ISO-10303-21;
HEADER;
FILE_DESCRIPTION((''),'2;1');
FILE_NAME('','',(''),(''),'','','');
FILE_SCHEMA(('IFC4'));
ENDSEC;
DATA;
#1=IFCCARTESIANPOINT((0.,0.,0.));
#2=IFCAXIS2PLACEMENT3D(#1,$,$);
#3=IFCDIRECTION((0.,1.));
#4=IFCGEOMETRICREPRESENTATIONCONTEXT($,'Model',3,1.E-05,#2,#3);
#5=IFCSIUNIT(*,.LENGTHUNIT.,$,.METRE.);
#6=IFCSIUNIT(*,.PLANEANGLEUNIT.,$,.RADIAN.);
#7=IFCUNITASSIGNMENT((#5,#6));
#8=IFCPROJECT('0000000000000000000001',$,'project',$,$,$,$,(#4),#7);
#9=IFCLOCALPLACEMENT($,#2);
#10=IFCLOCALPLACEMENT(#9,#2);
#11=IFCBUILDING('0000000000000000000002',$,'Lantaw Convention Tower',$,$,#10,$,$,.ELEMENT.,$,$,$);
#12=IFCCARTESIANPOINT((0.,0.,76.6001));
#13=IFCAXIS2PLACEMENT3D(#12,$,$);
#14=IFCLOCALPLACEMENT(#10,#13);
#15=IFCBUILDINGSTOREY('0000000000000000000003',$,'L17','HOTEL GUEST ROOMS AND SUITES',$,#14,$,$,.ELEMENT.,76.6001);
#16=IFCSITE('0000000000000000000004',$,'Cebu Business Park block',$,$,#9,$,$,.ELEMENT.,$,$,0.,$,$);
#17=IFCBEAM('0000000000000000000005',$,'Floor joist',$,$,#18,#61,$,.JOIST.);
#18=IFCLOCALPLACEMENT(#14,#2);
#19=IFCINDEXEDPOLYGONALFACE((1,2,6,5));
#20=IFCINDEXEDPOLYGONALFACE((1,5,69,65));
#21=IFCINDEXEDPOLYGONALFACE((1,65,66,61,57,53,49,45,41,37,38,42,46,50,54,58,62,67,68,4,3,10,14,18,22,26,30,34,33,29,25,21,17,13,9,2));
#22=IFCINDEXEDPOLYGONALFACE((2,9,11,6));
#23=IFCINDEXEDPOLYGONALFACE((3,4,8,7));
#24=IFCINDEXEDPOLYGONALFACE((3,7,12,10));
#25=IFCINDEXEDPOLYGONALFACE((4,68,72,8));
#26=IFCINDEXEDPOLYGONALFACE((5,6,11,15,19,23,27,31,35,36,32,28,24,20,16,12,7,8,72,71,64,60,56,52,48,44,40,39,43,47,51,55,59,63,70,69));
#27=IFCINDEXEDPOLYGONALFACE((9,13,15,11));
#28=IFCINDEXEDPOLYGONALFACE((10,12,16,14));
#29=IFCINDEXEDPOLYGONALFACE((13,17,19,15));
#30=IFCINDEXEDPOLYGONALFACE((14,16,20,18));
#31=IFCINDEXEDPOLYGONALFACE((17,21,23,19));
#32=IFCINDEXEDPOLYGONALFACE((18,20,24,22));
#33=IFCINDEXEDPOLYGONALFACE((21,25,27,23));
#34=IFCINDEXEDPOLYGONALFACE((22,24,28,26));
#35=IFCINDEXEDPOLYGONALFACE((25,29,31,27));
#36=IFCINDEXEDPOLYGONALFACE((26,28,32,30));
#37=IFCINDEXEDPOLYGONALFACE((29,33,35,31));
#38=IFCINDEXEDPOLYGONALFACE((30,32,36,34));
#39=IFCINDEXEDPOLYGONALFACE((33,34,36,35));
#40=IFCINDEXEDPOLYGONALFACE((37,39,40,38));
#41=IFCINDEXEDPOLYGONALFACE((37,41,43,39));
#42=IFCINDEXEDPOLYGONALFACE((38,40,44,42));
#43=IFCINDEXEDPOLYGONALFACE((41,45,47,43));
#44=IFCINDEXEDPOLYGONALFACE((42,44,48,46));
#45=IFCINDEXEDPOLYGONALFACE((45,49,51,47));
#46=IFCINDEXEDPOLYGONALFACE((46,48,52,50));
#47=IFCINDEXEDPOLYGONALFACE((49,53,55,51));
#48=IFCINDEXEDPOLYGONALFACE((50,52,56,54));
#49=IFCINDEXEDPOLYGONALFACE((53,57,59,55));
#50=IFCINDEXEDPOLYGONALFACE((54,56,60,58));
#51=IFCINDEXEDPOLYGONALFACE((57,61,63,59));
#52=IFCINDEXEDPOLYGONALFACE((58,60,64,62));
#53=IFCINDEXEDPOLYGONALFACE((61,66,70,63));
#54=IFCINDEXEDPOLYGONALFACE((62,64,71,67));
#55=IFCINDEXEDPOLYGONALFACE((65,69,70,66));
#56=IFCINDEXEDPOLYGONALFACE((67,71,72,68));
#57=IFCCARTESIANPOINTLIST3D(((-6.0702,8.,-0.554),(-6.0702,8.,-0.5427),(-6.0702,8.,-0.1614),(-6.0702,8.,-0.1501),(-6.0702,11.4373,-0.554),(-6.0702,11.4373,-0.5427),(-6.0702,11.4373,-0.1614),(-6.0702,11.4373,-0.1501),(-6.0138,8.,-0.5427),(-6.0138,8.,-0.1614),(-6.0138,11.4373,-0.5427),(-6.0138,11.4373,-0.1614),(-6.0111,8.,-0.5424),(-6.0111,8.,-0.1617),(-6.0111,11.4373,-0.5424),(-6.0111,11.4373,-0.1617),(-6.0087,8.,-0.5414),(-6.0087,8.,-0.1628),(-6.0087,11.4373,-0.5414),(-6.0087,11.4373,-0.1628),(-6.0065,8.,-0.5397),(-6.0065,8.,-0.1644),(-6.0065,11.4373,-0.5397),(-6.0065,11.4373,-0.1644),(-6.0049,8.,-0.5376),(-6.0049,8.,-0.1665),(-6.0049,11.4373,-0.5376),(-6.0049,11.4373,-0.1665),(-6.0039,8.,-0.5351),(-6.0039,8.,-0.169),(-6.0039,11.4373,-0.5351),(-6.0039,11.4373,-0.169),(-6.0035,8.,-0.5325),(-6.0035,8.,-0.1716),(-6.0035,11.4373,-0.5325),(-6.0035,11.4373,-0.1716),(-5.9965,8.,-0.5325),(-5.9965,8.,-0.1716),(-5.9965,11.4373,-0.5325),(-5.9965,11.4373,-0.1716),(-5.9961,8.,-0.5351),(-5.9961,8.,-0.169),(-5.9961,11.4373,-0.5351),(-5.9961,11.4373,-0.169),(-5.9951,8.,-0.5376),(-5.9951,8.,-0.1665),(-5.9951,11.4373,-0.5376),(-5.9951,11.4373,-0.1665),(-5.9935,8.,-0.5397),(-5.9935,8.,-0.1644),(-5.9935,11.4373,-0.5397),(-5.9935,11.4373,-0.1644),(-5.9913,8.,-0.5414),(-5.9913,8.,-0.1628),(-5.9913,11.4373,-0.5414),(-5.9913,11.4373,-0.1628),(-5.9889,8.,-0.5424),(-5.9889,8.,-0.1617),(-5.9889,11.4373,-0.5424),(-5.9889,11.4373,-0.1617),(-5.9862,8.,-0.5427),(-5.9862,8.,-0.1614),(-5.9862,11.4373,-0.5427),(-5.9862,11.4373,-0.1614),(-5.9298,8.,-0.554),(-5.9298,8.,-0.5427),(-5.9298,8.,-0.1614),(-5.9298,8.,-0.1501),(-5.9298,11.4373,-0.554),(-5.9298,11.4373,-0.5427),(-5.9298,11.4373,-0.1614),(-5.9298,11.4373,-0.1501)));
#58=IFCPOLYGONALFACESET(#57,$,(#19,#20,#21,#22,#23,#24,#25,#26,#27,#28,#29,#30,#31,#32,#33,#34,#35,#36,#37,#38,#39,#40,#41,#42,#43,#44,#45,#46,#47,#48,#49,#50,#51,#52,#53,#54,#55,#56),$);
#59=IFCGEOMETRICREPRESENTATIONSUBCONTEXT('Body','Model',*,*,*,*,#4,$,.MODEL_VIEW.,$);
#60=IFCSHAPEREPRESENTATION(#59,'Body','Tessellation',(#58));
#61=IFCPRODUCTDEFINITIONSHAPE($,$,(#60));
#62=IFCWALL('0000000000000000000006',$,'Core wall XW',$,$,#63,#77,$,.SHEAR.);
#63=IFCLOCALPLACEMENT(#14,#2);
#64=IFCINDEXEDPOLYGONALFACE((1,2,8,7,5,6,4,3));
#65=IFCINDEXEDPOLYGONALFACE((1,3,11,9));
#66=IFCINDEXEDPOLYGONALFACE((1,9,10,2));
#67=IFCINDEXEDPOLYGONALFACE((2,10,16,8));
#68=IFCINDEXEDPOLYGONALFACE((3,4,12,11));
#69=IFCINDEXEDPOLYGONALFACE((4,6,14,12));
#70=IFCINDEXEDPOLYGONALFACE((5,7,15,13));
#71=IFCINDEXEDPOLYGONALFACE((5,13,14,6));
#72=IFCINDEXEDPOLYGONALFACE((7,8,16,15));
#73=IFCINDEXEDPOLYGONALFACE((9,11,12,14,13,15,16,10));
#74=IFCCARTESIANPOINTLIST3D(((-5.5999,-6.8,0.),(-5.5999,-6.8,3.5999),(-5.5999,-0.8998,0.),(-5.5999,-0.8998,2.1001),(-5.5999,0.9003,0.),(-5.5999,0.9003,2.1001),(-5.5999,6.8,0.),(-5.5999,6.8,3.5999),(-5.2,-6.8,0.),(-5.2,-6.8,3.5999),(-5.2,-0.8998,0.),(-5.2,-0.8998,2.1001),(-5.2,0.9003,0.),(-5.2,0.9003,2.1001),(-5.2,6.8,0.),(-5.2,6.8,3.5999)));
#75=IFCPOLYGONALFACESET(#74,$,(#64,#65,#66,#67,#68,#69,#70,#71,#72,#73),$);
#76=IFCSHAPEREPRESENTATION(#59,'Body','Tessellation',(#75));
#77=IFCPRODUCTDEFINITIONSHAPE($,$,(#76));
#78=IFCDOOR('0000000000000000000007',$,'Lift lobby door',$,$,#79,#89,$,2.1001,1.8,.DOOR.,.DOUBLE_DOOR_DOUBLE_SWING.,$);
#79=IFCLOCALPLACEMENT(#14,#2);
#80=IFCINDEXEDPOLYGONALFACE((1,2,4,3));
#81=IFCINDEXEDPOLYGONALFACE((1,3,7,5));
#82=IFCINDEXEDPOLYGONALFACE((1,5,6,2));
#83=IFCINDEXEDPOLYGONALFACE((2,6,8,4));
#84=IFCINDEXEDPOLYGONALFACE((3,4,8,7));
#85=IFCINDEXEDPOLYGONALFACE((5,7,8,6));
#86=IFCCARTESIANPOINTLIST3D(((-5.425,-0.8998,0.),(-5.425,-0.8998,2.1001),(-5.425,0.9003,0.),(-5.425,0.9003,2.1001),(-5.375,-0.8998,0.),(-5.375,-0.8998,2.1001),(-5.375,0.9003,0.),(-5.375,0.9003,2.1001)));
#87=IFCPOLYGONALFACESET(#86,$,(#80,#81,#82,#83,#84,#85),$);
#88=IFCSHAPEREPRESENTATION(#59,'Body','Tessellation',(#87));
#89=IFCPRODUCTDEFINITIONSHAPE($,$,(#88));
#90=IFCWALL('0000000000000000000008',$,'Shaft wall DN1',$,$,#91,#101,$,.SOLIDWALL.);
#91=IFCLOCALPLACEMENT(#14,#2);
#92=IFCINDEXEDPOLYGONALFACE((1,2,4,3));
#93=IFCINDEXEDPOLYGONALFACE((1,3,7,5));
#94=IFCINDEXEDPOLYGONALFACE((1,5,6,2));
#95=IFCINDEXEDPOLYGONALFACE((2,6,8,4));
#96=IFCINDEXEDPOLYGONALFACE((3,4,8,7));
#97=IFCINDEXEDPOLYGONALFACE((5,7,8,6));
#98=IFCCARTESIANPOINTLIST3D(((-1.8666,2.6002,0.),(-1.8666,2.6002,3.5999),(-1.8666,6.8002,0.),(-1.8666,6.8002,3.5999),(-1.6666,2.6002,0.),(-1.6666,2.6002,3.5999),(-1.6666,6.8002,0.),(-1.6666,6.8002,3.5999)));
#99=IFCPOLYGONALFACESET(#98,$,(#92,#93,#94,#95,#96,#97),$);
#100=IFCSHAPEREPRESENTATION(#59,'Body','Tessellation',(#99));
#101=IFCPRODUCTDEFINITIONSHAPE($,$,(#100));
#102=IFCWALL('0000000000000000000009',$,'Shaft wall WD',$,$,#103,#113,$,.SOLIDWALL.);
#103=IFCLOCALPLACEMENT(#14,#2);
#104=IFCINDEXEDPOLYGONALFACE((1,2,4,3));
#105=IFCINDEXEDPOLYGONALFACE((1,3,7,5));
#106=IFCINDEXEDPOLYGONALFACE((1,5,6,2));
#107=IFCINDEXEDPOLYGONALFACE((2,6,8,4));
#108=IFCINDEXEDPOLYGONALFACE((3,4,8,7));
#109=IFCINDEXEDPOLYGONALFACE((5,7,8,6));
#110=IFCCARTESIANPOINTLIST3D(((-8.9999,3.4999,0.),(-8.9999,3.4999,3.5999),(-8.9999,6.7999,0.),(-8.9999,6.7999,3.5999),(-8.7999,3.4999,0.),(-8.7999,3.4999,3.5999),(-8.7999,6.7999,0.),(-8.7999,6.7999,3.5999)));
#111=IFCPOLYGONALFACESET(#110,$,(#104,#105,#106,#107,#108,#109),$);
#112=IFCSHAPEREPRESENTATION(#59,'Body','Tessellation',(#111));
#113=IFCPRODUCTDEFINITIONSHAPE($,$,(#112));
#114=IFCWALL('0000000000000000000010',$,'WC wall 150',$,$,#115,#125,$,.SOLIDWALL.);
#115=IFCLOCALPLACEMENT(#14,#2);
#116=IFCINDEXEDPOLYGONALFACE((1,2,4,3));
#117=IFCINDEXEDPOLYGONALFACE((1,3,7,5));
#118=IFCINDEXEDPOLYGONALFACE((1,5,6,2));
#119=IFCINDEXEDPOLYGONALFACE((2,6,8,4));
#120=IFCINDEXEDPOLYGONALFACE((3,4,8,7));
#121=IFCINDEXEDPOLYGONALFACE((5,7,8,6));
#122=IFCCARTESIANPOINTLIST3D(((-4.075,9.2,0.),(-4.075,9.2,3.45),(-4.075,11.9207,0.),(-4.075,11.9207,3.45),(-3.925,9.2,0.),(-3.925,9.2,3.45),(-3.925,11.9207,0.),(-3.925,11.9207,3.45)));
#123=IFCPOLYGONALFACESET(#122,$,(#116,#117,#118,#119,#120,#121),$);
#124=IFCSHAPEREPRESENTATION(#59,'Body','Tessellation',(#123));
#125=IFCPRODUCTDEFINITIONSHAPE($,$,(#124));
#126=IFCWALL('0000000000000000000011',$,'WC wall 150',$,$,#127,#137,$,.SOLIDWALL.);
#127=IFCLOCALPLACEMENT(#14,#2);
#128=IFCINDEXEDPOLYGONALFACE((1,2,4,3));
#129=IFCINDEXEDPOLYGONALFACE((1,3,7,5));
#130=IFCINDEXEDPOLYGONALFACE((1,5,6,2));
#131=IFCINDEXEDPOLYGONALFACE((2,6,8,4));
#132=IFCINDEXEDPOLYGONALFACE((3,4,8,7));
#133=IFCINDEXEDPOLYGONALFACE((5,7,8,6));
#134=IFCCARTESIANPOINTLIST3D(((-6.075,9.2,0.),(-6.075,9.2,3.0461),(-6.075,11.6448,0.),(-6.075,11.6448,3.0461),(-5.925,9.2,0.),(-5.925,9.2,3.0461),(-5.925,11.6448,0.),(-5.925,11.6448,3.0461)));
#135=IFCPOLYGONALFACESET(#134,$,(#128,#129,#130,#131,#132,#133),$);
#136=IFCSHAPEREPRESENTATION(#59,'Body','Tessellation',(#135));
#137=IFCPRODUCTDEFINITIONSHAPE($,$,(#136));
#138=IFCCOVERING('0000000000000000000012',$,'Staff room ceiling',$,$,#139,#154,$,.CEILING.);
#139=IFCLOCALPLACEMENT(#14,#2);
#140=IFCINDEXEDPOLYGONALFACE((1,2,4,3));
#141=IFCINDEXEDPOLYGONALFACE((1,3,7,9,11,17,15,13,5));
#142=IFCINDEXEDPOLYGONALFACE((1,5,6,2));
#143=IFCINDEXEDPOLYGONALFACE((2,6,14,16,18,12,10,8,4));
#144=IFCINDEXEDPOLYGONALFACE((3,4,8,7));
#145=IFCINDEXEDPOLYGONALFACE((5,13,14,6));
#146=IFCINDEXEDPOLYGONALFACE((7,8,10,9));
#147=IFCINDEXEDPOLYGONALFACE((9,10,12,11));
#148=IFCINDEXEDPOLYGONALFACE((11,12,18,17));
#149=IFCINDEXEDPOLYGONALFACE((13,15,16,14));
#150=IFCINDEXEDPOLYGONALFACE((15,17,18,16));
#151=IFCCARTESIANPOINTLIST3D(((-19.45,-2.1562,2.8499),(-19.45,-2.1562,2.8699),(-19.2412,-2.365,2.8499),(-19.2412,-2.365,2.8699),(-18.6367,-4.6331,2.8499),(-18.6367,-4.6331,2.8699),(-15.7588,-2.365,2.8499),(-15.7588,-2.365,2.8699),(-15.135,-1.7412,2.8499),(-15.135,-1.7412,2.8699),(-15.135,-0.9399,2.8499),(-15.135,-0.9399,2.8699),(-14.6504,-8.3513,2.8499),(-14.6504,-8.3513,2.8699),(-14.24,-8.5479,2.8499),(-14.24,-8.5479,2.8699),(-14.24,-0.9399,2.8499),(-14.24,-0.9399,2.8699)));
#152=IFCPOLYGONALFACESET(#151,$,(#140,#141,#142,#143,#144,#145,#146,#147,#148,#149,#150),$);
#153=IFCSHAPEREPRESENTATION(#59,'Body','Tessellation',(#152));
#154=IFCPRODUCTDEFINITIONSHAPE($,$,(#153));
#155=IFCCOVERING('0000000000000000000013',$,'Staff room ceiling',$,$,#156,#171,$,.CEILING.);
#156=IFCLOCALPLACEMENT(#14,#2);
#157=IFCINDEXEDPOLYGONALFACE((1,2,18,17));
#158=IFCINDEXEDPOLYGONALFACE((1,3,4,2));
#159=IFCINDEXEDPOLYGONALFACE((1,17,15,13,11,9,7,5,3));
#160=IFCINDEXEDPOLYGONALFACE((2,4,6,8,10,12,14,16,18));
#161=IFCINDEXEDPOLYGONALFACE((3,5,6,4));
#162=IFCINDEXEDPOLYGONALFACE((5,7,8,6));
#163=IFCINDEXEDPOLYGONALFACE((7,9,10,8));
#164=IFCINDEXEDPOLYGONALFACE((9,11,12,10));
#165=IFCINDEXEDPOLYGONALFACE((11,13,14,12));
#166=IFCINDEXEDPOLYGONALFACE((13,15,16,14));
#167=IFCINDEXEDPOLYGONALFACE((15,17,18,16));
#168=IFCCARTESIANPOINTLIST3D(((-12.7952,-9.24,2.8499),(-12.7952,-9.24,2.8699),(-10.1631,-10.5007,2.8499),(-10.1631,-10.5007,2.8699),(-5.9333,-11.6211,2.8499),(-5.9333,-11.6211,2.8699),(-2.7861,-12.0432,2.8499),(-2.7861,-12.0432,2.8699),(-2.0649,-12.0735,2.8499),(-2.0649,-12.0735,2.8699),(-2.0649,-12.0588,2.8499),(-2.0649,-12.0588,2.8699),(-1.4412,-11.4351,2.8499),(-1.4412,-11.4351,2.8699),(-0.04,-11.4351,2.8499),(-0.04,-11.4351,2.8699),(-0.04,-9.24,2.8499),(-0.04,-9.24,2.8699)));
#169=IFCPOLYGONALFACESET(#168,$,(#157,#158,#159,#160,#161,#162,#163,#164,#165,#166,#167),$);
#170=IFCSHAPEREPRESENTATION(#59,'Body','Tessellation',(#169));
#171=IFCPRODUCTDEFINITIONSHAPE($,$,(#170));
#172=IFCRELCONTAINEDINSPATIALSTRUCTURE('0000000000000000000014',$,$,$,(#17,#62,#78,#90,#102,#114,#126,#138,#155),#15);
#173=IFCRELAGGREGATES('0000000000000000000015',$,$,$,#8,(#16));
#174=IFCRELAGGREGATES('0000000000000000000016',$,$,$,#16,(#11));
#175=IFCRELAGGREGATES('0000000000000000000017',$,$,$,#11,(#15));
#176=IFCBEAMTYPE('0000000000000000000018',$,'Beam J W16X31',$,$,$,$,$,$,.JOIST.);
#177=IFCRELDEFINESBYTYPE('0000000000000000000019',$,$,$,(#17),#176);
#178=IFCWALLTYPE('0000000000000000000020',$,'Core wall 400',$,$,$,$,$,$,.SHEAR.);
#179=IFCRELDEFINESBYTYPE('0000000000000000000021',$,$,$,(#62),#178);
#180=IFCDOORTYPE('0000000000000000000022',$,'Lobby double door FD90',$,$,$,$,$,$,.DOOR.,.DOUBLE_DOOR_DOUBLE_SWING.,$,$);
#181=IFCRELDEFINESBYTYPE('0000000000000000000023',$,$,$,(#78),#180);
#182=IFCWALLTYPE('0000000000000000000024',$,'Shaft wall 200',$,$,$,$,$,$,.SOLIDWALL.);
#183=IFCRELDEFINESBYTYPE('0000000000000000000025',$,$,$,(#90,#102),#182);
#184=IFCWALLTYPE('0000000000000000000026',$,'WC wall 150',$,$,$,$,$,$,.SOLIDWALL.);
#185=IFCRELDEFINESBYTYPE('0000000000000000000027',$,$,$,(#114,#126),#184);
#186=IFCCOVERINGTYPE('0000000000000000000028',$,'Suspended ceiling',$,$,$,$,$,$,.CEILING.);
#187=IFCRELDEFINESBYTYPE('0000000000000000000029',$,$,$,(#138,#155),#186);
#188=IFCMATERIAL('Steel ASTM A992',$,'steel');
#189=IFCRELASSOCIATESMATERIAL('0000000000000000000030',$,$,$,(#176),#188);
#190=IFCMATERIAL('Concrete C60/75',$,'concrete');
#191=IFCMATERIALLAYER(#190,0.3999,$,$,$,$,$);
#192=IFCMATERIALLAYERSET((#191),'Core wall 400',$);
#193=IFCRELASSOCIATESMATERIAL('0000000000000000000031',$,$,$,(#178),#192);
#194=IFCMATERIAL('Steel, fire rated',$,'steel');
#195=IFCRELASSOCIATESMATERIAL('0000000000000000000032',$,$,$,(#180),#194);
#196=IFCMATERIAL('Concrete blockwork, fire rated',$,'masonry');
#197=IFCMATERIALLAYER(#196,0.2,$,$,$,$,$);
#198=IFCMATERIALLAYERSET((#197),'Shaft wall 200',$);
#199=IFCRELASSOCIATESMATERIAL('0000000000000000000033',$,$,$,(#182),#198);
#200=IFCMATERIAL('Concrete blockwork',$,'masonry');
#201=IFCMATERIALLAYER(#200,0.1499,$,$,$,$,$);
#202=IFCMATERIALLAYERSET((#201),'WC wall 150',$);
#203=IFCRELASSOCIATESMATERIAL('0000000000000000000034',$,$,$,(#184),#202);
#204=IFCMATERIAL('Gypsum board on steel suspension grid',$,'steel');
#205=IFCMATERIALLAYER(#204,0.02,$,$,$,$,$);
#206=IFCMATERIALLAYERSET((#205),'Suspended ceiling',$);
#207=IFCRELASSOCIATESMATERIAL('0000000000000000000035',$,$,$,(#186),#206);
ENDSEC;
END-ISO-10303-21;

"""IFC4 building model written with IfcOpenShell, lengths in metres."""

from ifc_helpers import new_model, si_unit, direction, frame, frame_2d, origin, origin_2d, place, context, subcontext, project, spatial, polyline, rectangle, i_section, outline, extrude, material, layer, layer_set, material_profile, profile_set, type_object, element, fill, save


model = new_model("IFC4")

# Units and contexts
model_context = context("Model", 3, precision=1e-05, world=origin(), true_north=direction((0.0, 1.0)))
body_context = subcontext(model_context, "Body", "Model", "MODEL_VIEW")
ifc_project = project(units=[si_unit("LENGTHUNIT", "METRE"), si_unit("PLANEANGLEUNIT", "RADIAN")], contexts=[model_context])

# Site, building, storey
site_placement = place(None, origin())
site = spatial("IfcSite", under=ifc_project, at=site_placement, Name="Cebu Business Park block", CompositionType="ELEMENT", RefElevation=0.0)
building_placement = place(site_placement, origin())
building = spatial("IfcBuilding", under=site, at=building_placement, Name="Lantaw Convention Tower", CompositionType="ELEMENT")
storey_placement = place(building_placement, frame((0.0, 0.0, 76.6001)))
storey = spatial("IfcBuildingStorey", under=building, at=storey_placement, Name="L17", Description="HOTEL GUEST ROOMS AND SUITES", CompositionType="ELEMENT", Elevation=76.6001)

# Beam
ifc_material_1 = material(Name="Steel ASTM A992", Category="steel")
ifc_material_profile_1 = material_profile(ifc_material_1, i_section(OverallWidth=0.1404, OverallDepth=0.4038, WebThickness=0.0071, FlangeThickness=0.0112, FilletRadius=0.0103, at=origin_2d()), Name="W16X31")
ifc_profile_set_1 = profile_set([ifc_material_profile_1], Name="Steel ASTM A992")
beam_type_1 = type_object("IfcBeamType", Name="Beam J W16X31", PredefinedType="JOIST", material=ifc_profile_set_1)
beam_1_placement = place(storey_placement, frame((-6.0, 8.0, -0.3521), z_axis=(0.0, 1.0, 0.0), x_axis=(-1.0, 0.0, 0.0)))
element("IfcBeam", 1, at=beam_1_placement, inside=storey, type_object=beam_type_1, Name="Floor joist", PredefinedType="JOIST", context=body_context, shape_type="SweptSolid", body=[
    extrude(i_section(OverallWidth=0.1404, OverallDepth=0.4038, WebThickness=0.0071, FlangeThickness=0.0112, FilletRadius=0.0103, at=origin_2d()), origin(), (0.0, 0.0, 1.0), 3.4373),
])

# Wall, opening, door
ifc_material_2 = material(Name="Concrete C60/75", Category="concrete")
ifc_layer_1 = layer(ifc_material_2, 0.3999)
ifc_layer_set_1 = layer_set([ifc_layer_1], Name="Core wall 400")
wall_type_1 = type_object("IfcWallType", Name="Core wall 400", PredefinedType="SHEAR", material=ifc_layer_set_1)
wall_1_placement = place(storey_placement, frame((-5.3999, 6.8, 0.0), z_axis=(0.0, 0.0, 1.0), x_axis=(0.0, -1.0, 0.0)))
wall_1 = element("IfcWall", 2, at=wall_1_placement, inside=storey, type_object=wall_type_1, Name="Core wall XW", PredefinedType="SHEAR", context=body_context, shape_type="SweptSolid", body=[
    extrude(rectangle(XDim=13.6001, YDim=0.3999, at=frame_2d((6.8, 0.0))), origin(), (0.0, 0.0, 1.0), 3.5999),
])
opening_placement = place(wall_1_placement, frame((5.8999, 0.0, 0.0)))
opening = element("IfcOpeningElement", 3, at=opening_placement, cuts=wall_1, PredefinedType="OPENING", context=body_context, shape_type="SweptSolid", body=[
    extrude(rectangle(XDim=1.8, YDim=2.1001, at=frame_2d((0.8999, 1.05))), frame((0.0, 0.21, 0.0), z_axis=(0.0, -1.0, 0.0), x_axis=(1.0, 0.0, 0.0)), (0.0, 0.0, 1.0), 0.4199),
])
ifc_material_3 = material(Name="Steel, fire rated", Category="steel")
door_type = type_object("IfcDoorType", Name="Lobby double door FD90", OperationType="DOUBLE_DOOR_DOUBLE_SWING", PredefinedType="DOOR", material=ifc_material_3)
door_placement = place(opening_placement, origin())
door = element("IfcDoor", 4, at=door_placement, inside=storey, type_object=door_type, Name="Lift lobby door", OperationType="DOUBLE_DOOR_DOUBLE_SWING", OverallHeight=2.1001, OverallWidth=1.8, PredefinedType="DOOR", context=body_context, shape_type="SweptSolid", body=[
    extrude(rectangle(XDim=1.8, YDim=2.1001, at=frame_2d((0.8999, 1.05))), frame((0.0, 0.0249, 0.0), z_axis=(0.0, -1.0, 0.0), x_axis=(1.0, 0.0, 0.0)), (0.0, 0.0, 1.0), 0.05),
])
fill(opening, door)

# Walls
ifc_material_4 = material(Name="Concrete blockwork, fire rated", Category="masonry")
ifc_layer_2 = layer(ifc_material_4, 0.2)
ifc_layer_set_2 = layer_set([ifc_layer_2], Name="Shaft wall 200")
wall_type_2 = type_object("IfcWallType", Name="Shaft wall 200", PredefinedType="SOLIDWALL", material=ifc_layer_set_2)
wall_2_placement = place(storey_placement, frame((-1.7666, 2.6001, 0.0), z_axis=(0.0, 0.0, 1.0), x_axis=(0.0, 1.0, 0.0)))
element("IfcWall", 5, at=wall_2_placement, inside=storey, type_object=wall_type_2, Name="Shaft wall DN1", PredefinedType="SOLIDWALL", context=body_context, shape_type="SweptSolid", body=[
    extrude(rectangle(XDim=4.2, YDim=0.2, at=frame_2d((2.1001, 0.0))), origin(), (0.0, 0.0, 1.0), 3.5999),
])
wall_3_placement = place(storey_placement, frame((-8.8999, 3.5, 0.0), z_axis=(0.0, 0.0, 1.0), x_axis=(0.0, 1.0, 0.0)))
element("IfcWall", 6, at=wall_3_placement, inside=storey, type_object=wall_type_2, Name="Shaft wall WD", PredefinedType="SOLIDWALL", context=body_context, shape_type="SweptSolid", body=[
    extrude(rectangle(XDim=3.3, YDim=0.2, at=frame_2d((1.6499, 0.0))), origin(), (0.0, 0.0, 1.0), 3.5999),
])
ifc_material_5 = material(Name="Concrete blockwork", Category="masonry")
ifc_layer_3 = layer(ifc_material_5, 0.1499)
ifc_layer_set_3 = layer_set([ifc_layer_3], Name="WC wall 150")
wall_type_3 = type_object("IfcWallType", Name="WC wall 150", PredefinedType="SOLIDWALL", material=ifc_layer_set_3)
wall_4_placement = place(storey_placement, frame((-4.0, 9.2, 0.0), z_axis=(0.0, 0.0, 1.0), x_axis=(0.0, 1.0, 0.0)))
element("IfcWall", 7, at=wall_4_placement, inside=storey, type_object=wall_type_3, Name="WC wall 150", PredefinedType="SOLIDWALL", context=body_context, shape_type="SweptSolid", body=[
    extrude(rectangle(XDim=2.7207, YDim=0.1499, at=frame_2d((1.3604, 0.0))), origin(), (0.0, 0.0, 1.0), 3.45),
])
wall_5_placement = place(storey_placement, frame((-6.0, 9.2, 0.0), z_axis=(0.0, 0.0, 1.0), x_axis=(0.0, 1.0, 0.0)))
element("IfcWall", 8, at=wall_5_placement, inside=storey, type_object=wall_type_3, Name="WC wall 150", PredefinedType="SOLIDWALL", context=body_context, shape_type="SweptSolid", body=[
    extrude(rectangle(XDim=2.4448, YDim=0.1499, at=frame_2d((1.2224, 0.0))), origin(), (0.0, 0.0, 1.0), 3.0461),
])

# Coverings
ifc_material_6 = material(Name="Gypsum board on steel suspension grid", Category="steel")
ifc_layer_4 = layer(ifc_material_6, 0.02)
ifc_layer_set_4 = layer_set([ifc_layer_4], Name="Suspended ceiling")
covering_type = type_object("IfcCoveringType", Name="Suspended ceiling", PredefinedType="CEILING", material=ifc_layer_set_4)
covering_1_placement = place(storey_placement, frame((0.0, 0.0, 2.8499)))
element("IfcCovering", 9, at=covering_1_placement, inside=storey, type_object=covering_type, Name="Staff room ceiling", PredefinedType="CEILING", context=body_context, shape_type="SweptSolid", body=[
    extrude(outline(polyline([(-14.24, -0.9399), (-15.135, -0.9399), (-15.135, -1.7412), (-15.7588, -2.365), (-19.2412, -2.365), (-19.45, -2.1562), (-18.6367, -4.6331), (-14.6504, -8.3513), (-14.24, -8.5479), (-14.24, -0.9399)])), origin(), (0.0, 0.0, 1.0), 0.02),
])
covering_2_placement = place(storey_placement, frame((0.0, 0.0, 2.8499)))
element("IfcCovering", 10, at=covering_2_placement, inside=storey, type_object=covering_type, Name="Staff room ceiling", PredefinedType="CEILING", context=body_context, shape_type="SweptSolid", body=[
    extrude(outline(polyline([(-5.9333, -11.6211), (-2.7861, -12.0432), (-2.0649, -12.0735), (-2.0649, -12.0588), (-1.4412, -11.4351), (-0.04, -11.4351), (-0.04, -9.24), (-12.7952, -9.24), (-10.1631, -10.5007), (-5.9333, -11.6211)])), origin(), (0.0, 0.0, 1.0), 0.02),
])

save(model, "model.ifc")
